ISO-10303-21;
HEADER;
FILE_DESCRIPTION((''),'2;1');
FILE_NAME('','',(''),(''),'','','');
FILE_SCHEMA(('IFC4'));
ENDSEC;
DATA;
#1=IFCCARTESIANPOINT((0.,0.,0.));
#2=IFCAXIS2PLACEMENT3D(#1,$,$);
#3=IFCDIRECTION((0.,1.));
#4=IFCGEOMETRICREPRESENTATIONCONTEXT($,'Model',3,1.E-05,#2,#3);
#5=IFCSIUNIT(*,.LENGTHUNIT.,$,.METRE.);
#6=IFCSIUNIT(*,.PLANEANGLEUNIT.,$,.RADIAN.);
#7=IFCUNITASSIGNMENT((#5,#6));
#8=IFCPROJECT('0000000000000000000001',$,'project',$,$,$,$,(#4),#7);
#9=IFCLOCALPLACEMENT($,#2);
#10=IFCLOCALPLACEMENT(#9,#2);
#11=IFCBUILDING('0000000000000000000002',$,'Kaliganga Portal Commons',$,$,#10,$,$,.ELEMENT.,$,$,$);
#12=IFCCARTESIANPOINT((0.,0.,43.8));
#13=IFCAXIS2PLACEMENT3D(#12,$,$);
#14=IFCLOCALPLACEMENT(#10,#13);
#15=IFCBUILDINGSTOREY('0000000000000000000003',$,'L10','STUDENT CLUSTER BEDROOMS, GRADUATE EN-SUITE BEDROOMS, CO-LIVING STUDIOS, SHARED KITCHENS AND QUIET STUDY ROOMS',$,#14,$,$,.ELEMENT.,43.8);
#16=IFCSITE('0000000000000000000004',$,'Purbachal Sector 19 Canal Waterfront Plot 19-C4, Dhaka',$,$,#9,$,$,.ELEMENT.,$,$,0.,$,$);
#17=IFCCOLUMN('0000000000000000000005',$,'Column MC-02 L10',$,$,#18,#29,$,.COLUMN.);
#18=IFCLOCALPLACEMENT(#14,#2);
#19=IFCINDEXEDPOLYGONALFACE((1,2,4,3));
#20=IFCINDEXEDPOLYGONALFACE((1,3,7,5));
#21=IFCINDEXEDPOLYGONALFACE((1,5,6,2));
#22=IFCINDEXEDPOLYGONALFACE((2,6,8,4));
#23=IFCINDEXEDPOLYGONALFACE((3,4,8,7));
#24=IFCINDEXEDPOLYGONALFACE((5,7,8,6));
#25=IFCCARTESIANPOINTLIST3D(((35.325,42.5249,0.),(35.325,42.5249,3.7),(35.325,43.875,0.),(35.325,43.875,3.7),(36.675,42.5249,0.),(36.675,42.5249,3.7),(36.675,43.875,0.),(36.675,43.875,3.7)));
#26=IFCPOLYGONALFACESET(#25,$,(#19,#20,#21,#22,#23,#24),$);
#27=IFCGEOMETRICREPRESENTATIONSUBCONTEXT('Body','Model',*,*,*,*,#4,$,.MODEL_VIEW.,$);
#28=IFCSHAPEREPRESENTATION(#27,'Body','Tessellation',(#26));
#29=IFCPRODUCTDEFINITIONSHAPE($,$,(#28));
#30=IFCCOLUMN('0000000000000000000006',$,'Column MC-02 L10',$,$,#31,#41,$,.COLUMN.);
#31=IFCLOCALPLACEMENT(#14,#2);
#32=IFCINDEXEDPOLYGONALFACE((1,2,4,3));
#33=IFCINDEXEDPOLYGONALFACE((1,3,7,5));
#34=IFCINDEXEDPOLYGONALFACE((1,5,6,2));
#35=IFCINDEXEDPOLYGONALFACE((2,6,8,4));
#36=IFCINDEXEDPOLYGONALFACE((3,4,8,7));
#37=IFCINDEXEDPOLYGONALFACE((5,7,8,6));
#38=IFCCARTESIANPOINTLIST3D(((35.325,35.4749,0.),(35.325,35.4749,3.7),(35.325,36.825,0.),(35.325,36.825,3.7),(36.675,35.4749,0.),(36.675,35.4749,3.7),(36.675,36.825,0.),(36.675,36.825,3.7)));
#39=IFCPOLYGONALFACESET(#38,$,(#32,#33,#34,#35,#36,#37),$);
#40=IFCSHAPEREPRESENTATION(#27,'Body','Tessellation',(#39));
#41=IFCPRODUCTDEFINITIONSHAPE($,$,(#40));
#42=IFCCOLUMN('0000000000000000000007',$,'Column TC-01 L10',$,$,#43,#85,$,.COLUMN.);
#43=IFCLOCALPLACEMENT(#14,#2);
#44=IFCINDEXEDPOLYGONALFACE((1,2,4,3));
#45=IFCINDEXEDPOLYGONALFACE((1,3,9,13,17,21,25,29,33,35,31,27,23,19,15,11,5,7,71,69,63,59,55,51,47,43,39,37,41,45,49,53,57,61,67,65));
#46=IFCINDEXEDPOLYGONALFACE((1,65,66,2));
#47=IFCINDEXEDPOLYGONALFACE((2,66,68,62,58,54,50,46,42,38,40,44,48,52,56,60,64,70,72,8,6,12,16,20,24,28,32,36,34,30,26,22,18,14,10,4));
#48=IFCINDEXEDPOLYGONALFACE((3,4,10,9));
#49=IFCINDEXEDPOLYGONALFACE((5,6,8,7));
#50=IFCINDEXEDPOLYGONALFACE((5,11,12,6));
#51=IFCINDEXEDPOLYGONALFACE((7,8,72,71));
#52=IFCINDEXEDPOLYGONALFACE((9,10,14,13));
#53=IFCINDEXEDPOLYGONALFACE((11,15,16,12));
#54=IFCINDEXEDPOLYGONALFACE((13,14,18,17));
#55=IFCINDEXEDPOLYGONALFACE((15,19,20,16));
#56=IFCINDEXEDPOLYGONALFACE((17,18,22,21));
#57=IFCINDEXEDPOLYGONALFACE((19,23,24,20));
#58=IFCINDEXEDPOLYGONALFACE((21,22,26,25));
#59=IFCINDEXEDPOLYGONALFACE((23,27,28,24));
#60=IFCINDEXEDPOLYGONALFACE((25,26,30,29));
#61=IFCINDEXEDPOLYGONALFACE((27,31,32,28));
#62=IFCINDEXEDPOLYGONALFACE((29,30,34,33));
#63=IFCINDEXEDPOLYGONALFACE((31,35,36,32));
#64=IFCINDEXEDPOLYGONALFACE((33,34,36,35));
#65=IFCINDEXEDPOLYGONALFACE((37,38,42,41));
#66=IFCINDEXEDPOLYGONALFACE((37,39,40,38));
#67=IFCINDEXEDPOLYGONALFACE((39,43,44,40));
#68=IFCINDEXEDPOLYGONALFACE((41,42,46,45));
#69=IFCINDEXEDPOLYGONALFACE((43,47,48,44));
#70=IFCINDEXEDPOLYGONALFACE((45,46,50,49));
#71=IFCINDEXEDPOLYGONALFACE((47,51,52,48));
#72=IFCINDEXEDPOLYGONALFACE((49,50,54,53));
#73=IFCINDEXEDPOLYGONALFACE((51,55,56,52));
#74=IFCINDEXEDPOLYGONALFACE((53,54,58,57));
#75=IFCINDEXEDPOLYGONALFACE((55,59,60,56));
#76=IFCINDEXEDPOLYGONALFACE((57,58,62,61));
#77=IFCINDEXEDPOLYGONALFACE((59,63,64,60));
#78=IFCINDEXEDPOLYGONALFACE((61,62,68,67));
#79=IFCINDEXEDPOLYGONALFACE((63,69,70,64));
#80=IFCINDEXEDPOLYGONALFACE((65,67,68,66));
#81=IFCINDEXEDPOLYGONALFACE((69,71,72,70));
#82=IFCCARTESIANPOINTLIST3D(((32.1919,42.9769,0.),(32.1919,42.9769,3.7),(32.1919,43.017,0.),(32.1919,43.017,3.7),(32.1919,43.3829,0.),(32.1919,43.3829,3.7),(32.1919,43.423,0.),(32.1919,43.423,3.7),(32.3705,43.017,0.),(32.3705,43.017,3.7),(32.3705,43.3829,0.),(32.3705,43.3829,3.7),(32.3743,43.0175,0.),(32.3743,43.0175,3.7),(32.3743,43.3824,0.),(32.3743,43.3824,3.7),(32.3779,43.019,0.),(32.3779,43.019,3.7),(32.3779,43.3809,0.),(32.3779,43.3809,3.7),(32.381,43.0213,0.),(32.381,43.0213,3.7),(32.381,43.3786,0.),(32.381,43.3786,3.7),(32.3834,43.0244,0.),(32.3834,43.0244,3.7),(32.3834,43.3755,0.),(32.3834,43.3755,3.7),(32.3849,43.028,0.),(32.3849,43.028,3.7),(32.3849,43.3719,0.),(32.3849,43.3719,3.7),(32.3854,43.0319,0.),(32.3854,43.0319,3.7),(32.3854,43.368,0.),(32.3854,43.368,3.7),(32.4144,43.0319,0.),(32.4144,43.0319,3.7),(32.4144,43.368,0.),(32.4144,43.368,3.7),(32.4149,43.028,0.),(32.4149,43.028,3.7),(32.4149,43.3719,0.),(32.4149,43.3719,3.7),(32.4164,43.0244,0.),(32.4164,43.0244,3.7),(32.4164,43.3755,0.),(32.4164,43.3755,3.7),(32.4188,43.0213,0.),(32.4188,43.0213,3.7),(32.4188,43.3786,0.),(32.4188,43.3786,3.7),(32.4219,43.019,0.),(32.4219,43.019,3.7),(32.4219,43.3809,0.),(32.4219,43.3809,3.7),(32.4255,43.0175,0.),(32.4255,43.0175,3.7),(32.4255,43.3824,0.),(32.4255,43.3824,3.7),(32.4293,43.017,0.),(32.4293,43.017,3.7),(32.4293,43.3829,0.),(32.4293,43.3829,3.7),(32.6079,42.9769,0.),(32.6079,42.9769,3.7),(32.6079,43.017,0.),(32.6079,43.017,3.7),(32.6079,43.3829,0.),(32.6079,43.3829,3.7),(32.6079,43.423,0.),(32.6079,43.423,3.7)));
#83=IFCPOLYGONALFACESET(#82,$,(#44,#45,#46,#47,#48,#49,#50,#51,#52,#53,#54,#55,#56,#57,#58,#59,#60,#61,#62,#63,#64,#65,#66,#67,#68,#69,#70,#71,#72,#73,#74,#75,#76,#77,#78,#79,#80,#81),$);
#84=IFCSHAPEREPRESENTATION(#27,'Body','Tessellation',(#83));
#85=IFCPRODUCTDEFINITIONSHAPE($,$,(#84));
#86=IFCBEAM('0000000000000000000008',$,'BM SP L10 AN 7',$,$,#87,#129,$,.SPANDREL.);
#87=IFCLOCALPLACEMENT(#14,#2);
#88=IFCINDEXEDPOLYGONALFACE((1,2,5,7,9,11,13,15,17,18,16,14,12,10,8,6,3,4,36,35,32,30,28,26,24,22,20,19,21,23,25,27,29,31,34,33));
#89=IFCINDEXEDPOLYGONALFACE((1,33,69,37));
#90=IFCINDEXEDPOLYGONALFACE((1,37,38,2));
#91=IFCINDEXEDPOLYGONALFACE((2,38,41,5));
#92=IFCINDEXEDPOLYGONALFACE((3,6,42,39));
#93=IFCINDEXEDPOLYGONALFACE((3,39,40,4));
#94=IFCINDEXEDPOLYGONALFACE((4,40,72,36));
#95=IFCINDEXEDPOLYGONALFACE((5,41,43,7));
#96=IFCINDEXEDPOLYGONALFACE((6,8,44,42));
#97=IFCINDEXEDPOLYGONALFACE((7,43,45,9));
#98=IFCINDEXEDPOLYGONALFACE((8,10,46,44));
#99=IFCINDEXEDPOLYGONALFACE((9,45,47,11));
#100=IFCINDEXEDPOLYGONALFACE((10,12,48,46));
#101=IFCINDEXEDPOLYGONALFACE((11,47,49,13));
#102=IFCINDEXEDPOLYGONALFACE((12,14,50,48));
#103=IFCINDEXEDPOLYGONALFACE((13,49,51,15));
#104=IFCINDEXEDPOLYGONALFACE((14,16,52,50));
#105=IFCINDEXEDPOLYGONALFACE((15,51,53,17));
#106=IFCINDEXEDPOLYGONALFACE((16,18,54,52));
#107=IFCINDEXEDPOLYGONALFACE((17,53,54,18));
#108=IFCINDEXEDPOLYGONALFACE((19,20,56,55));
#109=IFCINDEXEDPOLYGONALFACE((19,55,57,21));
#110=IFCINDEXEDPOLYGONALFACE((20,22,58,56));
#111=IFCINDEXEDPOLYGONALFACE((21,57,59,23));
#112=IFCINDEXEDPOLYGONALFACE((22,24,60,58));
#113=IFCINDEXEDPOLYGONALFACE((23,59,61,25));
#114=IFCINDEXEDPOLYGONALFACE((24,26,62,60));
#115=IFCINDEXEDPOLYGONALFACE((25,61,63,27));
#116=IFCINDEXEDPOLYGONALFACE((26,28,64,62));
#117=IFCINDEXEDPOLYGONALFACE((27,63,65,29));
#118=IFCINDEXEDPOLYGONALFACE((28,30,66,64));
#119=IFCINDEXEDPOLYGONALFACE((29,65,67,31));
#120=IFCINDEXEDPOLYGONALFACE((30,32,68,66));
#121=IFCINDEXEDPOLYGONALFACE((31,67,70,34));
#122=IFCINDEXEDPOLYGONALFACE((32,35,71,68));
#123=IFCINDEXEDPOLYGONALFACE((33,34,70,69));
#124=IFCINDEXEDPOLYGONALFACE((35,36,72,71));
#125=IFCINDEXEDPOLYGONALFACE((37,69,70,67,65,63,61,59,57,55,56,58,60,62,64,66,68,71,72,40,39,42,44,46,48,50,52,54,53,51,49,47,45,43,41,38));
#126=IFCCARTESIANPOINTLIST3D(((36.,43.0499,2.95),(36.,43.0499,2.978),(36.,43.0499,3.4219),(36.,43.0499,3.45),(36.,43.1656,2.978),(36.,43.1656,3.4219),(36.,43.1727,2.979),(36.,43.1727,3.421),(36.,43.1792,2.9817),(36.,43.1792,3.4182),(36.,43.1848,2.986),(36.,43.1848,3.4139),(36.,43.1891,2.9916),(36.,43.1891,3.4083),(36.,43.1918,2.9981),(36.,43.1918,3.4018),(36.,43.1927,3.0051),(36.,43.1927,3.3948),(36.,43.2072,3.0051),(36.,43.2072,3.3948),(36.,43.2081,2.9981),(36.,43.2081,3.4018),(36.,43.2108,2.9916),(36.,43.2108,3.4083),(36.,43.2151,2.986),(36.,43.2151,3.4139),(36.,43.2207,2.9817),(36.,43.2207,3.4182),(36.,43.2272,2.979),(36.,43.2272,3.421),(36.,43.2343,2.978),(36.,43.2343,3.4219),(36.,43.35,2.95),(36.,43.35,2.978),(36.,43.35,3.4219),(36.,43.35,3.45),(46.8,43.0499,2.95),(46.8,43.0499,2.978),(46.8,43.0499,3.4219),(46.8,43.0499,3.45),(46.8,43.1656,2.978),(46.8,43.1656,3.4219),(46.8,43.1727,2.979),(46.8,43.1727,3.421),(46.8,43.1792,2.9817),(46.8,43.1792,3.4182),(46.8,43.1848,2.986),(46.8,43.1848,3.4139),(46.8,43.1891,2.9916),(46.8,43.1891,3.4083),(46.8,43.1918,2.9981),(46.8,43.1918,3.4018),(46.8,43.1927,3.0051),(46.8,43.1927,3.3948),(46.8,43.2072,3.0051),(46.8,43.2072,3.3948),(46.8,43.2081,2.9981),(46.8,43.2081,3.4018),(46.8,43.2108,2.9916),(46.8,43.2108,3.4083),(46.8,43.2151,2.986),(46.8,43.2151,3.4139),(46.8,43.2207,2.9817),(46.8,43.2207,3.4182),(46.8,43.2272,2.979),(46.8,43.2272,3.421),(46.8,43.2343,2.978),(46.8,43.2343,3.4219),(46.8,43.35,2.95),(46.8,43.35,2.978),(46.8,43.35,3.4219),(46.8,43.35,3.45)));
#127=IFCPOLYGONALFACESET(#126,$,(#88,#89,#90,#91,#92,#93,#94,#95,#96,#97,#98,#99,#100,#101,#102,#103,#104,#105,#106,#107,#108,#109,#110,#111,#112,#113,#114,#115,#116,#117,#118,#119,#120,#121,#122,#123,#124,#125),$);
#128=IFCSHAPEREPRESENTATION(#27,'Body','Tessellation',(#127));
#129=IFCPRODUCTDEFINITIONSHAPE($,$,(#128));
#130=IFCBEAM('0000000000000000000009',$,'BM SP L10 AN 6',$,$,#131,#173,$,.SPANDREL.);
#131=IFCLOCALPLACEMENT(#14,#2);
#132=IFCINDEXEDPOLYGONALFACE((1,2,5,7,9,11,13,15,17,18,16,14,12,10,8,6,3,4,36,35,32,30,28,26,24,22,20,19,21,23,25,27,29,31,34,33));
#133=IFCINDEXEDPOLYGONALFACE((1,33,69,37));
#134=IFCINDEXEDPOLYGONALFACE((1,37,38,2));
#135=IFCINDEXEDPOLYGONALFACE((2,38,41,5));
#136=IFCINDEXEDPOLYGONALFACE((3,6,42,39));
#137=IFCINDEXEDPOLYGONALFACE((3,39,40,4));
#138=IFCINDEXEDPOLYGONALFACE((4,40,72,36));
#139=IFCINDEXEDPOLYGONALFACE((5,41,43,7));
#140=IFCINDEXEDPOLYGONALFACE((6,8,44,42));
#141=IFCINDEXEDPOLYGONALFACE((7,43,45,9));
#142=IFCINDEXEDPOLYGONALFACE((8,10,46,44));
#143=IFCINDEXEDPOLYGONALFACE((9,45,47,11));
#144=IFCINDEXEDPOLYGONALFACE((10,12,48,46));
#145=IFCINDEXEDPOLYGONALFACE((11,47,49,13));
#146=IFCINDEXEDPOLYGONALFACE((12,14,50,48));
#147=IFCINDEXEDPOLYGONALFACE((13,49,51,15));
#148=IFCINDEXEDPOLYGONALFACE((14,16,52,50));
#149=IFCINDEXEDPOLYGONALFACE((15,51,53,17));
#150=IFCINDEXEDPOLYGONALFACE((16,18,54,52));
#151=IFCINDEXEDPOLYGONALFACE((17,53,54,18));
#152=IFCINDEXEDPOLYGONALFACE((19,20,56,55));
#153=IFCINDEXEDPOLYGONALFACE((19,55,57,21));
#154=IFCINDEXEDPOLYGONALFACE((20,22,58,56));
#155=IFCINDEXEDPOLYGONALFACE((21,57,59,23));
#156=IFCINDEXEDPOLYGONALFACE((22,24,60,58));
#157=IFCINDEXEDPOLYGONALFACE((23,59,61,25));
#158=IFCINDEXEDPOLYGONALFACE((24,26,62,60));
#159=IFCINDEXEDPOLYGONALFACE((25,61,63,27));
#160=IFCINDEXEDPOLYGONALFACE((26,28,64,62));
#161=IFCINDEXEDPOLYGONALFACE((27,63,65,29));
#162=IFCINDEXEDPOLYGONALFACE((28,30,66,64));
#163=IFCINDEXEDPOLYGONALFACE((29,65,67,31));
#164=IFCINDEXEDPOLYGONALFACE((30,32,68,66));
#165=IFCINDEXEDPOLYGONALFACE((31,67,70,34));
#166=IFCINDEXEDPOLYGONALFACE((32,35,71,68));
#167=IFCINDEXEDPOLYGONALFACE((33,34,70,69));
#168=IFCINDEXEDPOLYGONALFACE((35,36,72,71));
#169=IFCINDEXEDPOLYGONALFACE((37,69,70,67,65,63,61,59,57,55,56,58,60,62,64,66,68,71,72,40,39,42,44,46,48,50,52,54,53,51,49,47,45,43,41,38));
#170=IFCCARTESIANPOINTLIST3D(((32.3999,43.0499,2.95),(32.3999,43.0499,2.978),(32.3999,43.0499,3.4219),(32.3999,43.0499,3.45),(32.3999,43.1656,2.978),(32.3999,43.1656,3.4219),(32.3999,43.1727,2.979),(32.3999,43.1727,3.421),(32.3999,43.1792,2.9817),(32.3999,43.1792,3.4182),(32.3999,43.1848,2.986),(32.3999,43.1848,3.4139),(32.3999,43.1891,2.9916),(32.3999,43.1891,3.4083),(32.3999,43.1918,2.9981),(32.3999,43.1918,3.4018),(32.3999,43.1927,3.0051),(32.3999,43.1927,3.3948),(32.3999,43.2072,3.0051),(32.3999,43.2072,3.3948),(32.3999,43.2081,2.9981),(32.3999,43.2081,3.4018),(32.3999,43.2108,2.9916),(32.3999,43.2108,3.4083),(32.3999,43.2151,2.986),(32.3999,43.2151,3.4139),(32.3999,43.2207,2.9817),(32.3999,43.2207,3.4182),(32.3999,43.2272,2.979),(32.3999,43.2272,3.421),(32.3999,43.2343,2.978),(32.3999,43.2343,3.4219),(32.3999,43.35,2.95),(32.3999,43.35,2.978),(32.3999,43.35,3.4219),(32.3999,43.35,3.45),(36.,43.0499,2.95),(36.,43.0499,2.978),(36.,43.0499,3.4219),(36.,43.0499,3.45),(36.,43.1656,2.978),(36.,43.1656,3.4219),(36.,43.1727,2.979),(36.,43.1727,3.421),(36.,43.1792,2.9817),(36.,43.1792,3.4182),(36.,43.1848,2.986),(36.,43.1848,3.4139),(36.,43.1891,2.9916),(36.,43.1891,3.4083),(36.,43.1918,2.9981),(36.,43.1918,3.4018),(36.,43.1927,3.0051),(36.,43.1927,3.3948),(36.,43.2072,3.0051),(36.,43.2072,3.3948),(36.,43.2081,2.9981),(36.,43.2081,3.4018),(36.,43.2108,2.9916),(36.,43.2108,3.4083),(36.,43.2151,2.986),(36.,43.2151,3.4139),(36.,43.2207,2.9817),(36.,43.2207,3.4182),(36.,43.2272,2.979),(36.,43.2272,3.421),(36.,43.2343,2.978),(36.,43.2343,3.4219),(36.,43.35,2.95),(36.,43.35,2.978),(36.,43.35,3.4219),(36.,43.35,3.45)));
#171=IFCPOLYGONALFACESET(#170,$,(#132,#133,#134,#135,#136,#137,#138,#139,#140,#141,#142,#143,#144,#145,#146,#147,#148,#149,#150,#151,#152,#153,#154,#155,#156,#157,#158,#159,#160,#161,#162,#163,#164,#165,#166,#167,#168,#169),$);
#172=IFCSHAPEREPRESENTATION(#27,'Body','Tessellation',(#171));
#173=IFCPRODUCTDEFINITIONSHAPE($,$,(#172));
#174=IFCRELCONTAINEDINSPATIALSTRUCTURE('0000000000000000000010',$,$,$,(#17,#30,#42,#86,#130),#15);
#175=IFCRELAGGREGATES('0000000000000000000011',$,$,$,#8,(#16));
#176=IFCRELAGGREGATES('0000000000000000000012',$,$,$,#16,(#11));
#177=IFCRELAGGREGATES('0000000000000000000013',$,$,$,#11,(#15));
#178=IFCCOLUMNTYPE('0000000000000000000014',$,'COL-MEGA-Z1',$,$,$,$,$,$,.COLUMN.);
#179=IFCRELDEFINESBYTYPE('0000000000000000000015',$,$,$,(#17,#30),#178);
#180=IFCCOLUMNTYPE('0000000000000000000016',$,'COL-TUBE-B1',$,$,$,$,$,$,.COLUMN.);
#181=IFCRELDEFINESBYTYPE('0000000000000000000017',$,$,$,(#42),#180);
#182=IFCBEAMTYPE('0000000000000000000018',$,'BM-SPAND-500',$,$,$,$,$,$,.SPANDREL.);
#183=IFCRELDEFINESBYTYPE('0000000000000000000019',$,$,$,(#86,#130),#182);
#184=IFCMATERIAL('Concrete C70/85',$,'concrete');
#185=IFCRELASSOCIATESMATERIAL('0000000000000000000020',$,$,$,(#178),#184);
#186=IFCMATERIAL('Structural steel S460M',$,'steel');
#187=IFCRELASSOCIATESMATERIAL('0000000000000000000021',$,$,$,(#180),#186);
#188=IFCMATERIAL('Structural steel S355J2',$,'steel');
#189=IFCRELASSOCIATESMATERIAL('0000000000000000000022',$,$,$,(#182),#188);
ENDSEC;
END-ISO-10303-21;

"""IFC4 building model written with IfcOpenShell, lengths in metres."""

from ifc_helpers import new_model, si_unit, direction, frame, origin, origin_2d, place, context, subcontext, project, spatial, rectangle, i_section, extrude, source, transform, mapped, material, material_profile, profile_set, type_object, element, save


model = new_model("IFC4")

# Units and contexts
model_context = context("Model", 3, precision=1e-05, world=origin(), true_north=direction((0.0, 1.0)))
body_context = subcontext(model_context, "Body", "Model", "MODEL_VIEW")
ifc_project = project(units=[si_unit("LENGTHUNIT", "METRE"), si_unit("PLANEANGLEUNIT", "RADIAN")], contexts=[model_context])

# Site, building, storey
site_placement = place(None, origin())
site = spatial("IfcSite", under=ifc_project, at=site_placement, Name="Purbachal Sector 19 Canal Waterfront Plot 19-C4, Dhaka", CompositionType="ELEMENT", RefElevation=0.0)
building_placement = place(site_placement, origin())
building = spatial("IfcBuilding", under=site, at=building_placement, Name="Kaliganga Portal Commons", CompositionType="ELEMENT")
storey_placement = place(building_placement, frame((0.0, 0.0, 43.8)))
storey = spatial("IfcBuildingStorey", under=building, at=storey_placement, Name="L10", Description="STUDENT CLUSTER BEDROOMS, GRADUATE EN-SUITE BEDROOMS, CO-LIVING STUDIOS, SHARED KITCHENS AND QUIET STUDY ROOMS", CompositionType="ELEMENT", Elevation=43.8)

# Columns
ifc_material_1 = material(Name="Concrete C70/85", Category="concrete")
ifc_material_profile_1 = material_profile(ifc_material_1, rectangle(XDim=1.3501, YDim=1.3501, at=origin_2d()), Name="RC 1350x1350")
ifc_profile_set_1 = profile_set([ifc_material_profile_1], Name="Concrete C70/85")
column_type_1 = type_object("IfcColumnType", Name="COL-MEGA-Z1", PredefinedType="COLUMN", material=ifc_profile_set_1)
shared_shape_1 = source(origin(), body_context, "Body", "SweptSolid", [
    extrude(rectangle(XDim=1.3501, YDim=1.3501, at=origin_2d()), origin(), (0.0, 0.0, 1.0), 3.7),
])
for number, where, z_axis, x_axis, name in (
    (1, (36.0, 43.2, 0.0), (0.0, 0.0, 1.0), (1.0, 0.0, 0.0), "Column MC-02 L10"),
    (2, (36.0, 36.1499, 0.0), (0.0, 0.0, 1.0), (1.0, 0.0, 0.0), "Column MC-02 L10"),
):
    element("IfcColumn", number, at=place(storey_placement, frame(where, z_axis=z_axis, x_axis=x_axis)), inside=storey, type_object=column_type_1, Name=name, PredefinedType="COLUMN", context=body_context, shape_type="MappedRepresentation", body=[
        mapped(shared_shape_1, transform((0.0, 0.0, 0.0), x_axis=(1.0, 0.0, 0.0), y_axis=(0.0, 1.0, 0.0), z_axis=(0.0, 0.0, 1.0), scale=1.0)),
    ])
ifc_material_2 = material(Name="Structural steel S460M", Category="steel")
ifc_material_profile_2 = material_profile(ifc_material_2, i_section(OverallWidth=0.416, OverallDepth=0.446, WebThickness=0.0291, FlangeThickness=0.04, FilletRadius=0.0149, at=origin_2d()), Name="HD 400x509")
ifc_profile_set_2 = profile_set([ifc_material_profile_2], Name="Structural steel S460M wide-flange")
column_type_2 = type_object("IfcColumnType", Name="COL-TUBE-B1", PredefinedType="COLUMN", material=ifc_profile_set_2)
shared_shape_2 = source(origin(), body_context, "Body", "SweptSolid", [
    extrude(i_section(OverallWidth=0.416, OverallDepth=0.446, WebThickness=0.0291, FlangeThickness=0.04, FilletRadius=0.0149, at=origin_2d()), origin(), (0.0, 0.0, 1.0), 3.7),
])
column_placement = place(storey_placement, frame((32.3999, 43.2, 0.0), z_axis=(0.0, 0.0, 1.0), x_axis=(1.0, 0.0, 0.0)))
element("IfcColumn", 3, at=column_placement, inside=storey, type_object=column_type_2, Name="Column TC-01 L10", PredefinedType="COLUMN", context=body_context, shape_type="MappedRepresentation", body=[
    mapped(shared_shape_2, transform((0.0, 0.0, 0.0), x_axis=(1.0, 0.0, 0.0), y_axis=(0.0, 1.0, 0.0), z_axis=(0.0, 0.0, 1.0), scale=1.0)),
])

# Beams
ifc_material_3 = material(Name="Structural steel S355J2", Category="steel")
ifc_material_profile_3 = material_profile(ifc_material_3, i_section(OverallWidth=0.3, OverallDepth=0.5, WebThickness=0.0144, FlangeThickness=0.0281, FilletRadius=0.0271, at=origin_2d()), Name="HE 500 B")
ifc_profile_set_3 = profile_set([ifc_material_profile_3], Name="Structural steel S355J2 wide-flange")
beam_type_1 = type_object("IfcBeamType", Name="BM-SPAND-500", PredefinedType="SPANDREL", material=ifc_profile_set_3)
shared_shape_3 = source(origin(), body_context, "Body", "SweptSolid", [
    extrude(i_section(OverallWidth=0.3, OverallDepth=0.5, WebThickness=0.0144, FlangeThickness=0.0281, FilletRadius=0.0271, at=origin_2d()), origin(), (0.0, 0.0, 1.0), 10.8),
])
beam_1_placement = place(storey_placement, frame((36.0, 43.2, 3.2), z_axis=(1.0, 0.0, 0.0), x_axis=(0.0, 1.0, 0.0)))
element("IfcBeam", 4, at=beam_1_placement, inside=storey, type_object=beam_type_1, Name="BM SP L10 AN 7", PredefinedType="SPANDREL", context=body_context, shape_type="MappedRepresentation", body=[
    mapped(shared_shape_3, transform((0.0, 0.0, 0.0), x_axis=(1.0, 0.0, 0.0), y_axis=(0.0, 1.0, 0.0), z_axis=(0.0, 0.0, 1.0), scale=1.0)),
])
shared_shape_4 = source(origin(), body_context, "Body", "SweptSolid", [
    extrude(i_section(OverallWidth=0.3, OverallDepth=0.5, WebThickness=0.0144, FlangeThickness=0.0281, FilletRadius=0.0271, at=origin_2d()), origin(), (0.0, 0.0, 1.0), 3.6001),
])
beam_2_placement = place(storey_placement, frame((32.3999, 43.2, 3.2), z_axis=(1.0, 0.0, 0.0), x_axis=(0.0, 1.0, 0.0)))
element("IfcBeam", 5, at=beam_2_placement, inside=storey, type_object=beam_type_1, Name="BM SP L10 AN 6", PredefinedType="SPANDREL", context=body_context, shape_type="MappedRepresentation", body=[
    mapped(shared_shape_4, transform((0.0, 0.0, 0.0), x_axis=(1.0, 0.0, 0.0), y_axis=(0.0, 1.0, 0.0), z_axis=(0.0, 0.0, 1.0), scale=1.0)),
])

save(model, "model.ifc")
